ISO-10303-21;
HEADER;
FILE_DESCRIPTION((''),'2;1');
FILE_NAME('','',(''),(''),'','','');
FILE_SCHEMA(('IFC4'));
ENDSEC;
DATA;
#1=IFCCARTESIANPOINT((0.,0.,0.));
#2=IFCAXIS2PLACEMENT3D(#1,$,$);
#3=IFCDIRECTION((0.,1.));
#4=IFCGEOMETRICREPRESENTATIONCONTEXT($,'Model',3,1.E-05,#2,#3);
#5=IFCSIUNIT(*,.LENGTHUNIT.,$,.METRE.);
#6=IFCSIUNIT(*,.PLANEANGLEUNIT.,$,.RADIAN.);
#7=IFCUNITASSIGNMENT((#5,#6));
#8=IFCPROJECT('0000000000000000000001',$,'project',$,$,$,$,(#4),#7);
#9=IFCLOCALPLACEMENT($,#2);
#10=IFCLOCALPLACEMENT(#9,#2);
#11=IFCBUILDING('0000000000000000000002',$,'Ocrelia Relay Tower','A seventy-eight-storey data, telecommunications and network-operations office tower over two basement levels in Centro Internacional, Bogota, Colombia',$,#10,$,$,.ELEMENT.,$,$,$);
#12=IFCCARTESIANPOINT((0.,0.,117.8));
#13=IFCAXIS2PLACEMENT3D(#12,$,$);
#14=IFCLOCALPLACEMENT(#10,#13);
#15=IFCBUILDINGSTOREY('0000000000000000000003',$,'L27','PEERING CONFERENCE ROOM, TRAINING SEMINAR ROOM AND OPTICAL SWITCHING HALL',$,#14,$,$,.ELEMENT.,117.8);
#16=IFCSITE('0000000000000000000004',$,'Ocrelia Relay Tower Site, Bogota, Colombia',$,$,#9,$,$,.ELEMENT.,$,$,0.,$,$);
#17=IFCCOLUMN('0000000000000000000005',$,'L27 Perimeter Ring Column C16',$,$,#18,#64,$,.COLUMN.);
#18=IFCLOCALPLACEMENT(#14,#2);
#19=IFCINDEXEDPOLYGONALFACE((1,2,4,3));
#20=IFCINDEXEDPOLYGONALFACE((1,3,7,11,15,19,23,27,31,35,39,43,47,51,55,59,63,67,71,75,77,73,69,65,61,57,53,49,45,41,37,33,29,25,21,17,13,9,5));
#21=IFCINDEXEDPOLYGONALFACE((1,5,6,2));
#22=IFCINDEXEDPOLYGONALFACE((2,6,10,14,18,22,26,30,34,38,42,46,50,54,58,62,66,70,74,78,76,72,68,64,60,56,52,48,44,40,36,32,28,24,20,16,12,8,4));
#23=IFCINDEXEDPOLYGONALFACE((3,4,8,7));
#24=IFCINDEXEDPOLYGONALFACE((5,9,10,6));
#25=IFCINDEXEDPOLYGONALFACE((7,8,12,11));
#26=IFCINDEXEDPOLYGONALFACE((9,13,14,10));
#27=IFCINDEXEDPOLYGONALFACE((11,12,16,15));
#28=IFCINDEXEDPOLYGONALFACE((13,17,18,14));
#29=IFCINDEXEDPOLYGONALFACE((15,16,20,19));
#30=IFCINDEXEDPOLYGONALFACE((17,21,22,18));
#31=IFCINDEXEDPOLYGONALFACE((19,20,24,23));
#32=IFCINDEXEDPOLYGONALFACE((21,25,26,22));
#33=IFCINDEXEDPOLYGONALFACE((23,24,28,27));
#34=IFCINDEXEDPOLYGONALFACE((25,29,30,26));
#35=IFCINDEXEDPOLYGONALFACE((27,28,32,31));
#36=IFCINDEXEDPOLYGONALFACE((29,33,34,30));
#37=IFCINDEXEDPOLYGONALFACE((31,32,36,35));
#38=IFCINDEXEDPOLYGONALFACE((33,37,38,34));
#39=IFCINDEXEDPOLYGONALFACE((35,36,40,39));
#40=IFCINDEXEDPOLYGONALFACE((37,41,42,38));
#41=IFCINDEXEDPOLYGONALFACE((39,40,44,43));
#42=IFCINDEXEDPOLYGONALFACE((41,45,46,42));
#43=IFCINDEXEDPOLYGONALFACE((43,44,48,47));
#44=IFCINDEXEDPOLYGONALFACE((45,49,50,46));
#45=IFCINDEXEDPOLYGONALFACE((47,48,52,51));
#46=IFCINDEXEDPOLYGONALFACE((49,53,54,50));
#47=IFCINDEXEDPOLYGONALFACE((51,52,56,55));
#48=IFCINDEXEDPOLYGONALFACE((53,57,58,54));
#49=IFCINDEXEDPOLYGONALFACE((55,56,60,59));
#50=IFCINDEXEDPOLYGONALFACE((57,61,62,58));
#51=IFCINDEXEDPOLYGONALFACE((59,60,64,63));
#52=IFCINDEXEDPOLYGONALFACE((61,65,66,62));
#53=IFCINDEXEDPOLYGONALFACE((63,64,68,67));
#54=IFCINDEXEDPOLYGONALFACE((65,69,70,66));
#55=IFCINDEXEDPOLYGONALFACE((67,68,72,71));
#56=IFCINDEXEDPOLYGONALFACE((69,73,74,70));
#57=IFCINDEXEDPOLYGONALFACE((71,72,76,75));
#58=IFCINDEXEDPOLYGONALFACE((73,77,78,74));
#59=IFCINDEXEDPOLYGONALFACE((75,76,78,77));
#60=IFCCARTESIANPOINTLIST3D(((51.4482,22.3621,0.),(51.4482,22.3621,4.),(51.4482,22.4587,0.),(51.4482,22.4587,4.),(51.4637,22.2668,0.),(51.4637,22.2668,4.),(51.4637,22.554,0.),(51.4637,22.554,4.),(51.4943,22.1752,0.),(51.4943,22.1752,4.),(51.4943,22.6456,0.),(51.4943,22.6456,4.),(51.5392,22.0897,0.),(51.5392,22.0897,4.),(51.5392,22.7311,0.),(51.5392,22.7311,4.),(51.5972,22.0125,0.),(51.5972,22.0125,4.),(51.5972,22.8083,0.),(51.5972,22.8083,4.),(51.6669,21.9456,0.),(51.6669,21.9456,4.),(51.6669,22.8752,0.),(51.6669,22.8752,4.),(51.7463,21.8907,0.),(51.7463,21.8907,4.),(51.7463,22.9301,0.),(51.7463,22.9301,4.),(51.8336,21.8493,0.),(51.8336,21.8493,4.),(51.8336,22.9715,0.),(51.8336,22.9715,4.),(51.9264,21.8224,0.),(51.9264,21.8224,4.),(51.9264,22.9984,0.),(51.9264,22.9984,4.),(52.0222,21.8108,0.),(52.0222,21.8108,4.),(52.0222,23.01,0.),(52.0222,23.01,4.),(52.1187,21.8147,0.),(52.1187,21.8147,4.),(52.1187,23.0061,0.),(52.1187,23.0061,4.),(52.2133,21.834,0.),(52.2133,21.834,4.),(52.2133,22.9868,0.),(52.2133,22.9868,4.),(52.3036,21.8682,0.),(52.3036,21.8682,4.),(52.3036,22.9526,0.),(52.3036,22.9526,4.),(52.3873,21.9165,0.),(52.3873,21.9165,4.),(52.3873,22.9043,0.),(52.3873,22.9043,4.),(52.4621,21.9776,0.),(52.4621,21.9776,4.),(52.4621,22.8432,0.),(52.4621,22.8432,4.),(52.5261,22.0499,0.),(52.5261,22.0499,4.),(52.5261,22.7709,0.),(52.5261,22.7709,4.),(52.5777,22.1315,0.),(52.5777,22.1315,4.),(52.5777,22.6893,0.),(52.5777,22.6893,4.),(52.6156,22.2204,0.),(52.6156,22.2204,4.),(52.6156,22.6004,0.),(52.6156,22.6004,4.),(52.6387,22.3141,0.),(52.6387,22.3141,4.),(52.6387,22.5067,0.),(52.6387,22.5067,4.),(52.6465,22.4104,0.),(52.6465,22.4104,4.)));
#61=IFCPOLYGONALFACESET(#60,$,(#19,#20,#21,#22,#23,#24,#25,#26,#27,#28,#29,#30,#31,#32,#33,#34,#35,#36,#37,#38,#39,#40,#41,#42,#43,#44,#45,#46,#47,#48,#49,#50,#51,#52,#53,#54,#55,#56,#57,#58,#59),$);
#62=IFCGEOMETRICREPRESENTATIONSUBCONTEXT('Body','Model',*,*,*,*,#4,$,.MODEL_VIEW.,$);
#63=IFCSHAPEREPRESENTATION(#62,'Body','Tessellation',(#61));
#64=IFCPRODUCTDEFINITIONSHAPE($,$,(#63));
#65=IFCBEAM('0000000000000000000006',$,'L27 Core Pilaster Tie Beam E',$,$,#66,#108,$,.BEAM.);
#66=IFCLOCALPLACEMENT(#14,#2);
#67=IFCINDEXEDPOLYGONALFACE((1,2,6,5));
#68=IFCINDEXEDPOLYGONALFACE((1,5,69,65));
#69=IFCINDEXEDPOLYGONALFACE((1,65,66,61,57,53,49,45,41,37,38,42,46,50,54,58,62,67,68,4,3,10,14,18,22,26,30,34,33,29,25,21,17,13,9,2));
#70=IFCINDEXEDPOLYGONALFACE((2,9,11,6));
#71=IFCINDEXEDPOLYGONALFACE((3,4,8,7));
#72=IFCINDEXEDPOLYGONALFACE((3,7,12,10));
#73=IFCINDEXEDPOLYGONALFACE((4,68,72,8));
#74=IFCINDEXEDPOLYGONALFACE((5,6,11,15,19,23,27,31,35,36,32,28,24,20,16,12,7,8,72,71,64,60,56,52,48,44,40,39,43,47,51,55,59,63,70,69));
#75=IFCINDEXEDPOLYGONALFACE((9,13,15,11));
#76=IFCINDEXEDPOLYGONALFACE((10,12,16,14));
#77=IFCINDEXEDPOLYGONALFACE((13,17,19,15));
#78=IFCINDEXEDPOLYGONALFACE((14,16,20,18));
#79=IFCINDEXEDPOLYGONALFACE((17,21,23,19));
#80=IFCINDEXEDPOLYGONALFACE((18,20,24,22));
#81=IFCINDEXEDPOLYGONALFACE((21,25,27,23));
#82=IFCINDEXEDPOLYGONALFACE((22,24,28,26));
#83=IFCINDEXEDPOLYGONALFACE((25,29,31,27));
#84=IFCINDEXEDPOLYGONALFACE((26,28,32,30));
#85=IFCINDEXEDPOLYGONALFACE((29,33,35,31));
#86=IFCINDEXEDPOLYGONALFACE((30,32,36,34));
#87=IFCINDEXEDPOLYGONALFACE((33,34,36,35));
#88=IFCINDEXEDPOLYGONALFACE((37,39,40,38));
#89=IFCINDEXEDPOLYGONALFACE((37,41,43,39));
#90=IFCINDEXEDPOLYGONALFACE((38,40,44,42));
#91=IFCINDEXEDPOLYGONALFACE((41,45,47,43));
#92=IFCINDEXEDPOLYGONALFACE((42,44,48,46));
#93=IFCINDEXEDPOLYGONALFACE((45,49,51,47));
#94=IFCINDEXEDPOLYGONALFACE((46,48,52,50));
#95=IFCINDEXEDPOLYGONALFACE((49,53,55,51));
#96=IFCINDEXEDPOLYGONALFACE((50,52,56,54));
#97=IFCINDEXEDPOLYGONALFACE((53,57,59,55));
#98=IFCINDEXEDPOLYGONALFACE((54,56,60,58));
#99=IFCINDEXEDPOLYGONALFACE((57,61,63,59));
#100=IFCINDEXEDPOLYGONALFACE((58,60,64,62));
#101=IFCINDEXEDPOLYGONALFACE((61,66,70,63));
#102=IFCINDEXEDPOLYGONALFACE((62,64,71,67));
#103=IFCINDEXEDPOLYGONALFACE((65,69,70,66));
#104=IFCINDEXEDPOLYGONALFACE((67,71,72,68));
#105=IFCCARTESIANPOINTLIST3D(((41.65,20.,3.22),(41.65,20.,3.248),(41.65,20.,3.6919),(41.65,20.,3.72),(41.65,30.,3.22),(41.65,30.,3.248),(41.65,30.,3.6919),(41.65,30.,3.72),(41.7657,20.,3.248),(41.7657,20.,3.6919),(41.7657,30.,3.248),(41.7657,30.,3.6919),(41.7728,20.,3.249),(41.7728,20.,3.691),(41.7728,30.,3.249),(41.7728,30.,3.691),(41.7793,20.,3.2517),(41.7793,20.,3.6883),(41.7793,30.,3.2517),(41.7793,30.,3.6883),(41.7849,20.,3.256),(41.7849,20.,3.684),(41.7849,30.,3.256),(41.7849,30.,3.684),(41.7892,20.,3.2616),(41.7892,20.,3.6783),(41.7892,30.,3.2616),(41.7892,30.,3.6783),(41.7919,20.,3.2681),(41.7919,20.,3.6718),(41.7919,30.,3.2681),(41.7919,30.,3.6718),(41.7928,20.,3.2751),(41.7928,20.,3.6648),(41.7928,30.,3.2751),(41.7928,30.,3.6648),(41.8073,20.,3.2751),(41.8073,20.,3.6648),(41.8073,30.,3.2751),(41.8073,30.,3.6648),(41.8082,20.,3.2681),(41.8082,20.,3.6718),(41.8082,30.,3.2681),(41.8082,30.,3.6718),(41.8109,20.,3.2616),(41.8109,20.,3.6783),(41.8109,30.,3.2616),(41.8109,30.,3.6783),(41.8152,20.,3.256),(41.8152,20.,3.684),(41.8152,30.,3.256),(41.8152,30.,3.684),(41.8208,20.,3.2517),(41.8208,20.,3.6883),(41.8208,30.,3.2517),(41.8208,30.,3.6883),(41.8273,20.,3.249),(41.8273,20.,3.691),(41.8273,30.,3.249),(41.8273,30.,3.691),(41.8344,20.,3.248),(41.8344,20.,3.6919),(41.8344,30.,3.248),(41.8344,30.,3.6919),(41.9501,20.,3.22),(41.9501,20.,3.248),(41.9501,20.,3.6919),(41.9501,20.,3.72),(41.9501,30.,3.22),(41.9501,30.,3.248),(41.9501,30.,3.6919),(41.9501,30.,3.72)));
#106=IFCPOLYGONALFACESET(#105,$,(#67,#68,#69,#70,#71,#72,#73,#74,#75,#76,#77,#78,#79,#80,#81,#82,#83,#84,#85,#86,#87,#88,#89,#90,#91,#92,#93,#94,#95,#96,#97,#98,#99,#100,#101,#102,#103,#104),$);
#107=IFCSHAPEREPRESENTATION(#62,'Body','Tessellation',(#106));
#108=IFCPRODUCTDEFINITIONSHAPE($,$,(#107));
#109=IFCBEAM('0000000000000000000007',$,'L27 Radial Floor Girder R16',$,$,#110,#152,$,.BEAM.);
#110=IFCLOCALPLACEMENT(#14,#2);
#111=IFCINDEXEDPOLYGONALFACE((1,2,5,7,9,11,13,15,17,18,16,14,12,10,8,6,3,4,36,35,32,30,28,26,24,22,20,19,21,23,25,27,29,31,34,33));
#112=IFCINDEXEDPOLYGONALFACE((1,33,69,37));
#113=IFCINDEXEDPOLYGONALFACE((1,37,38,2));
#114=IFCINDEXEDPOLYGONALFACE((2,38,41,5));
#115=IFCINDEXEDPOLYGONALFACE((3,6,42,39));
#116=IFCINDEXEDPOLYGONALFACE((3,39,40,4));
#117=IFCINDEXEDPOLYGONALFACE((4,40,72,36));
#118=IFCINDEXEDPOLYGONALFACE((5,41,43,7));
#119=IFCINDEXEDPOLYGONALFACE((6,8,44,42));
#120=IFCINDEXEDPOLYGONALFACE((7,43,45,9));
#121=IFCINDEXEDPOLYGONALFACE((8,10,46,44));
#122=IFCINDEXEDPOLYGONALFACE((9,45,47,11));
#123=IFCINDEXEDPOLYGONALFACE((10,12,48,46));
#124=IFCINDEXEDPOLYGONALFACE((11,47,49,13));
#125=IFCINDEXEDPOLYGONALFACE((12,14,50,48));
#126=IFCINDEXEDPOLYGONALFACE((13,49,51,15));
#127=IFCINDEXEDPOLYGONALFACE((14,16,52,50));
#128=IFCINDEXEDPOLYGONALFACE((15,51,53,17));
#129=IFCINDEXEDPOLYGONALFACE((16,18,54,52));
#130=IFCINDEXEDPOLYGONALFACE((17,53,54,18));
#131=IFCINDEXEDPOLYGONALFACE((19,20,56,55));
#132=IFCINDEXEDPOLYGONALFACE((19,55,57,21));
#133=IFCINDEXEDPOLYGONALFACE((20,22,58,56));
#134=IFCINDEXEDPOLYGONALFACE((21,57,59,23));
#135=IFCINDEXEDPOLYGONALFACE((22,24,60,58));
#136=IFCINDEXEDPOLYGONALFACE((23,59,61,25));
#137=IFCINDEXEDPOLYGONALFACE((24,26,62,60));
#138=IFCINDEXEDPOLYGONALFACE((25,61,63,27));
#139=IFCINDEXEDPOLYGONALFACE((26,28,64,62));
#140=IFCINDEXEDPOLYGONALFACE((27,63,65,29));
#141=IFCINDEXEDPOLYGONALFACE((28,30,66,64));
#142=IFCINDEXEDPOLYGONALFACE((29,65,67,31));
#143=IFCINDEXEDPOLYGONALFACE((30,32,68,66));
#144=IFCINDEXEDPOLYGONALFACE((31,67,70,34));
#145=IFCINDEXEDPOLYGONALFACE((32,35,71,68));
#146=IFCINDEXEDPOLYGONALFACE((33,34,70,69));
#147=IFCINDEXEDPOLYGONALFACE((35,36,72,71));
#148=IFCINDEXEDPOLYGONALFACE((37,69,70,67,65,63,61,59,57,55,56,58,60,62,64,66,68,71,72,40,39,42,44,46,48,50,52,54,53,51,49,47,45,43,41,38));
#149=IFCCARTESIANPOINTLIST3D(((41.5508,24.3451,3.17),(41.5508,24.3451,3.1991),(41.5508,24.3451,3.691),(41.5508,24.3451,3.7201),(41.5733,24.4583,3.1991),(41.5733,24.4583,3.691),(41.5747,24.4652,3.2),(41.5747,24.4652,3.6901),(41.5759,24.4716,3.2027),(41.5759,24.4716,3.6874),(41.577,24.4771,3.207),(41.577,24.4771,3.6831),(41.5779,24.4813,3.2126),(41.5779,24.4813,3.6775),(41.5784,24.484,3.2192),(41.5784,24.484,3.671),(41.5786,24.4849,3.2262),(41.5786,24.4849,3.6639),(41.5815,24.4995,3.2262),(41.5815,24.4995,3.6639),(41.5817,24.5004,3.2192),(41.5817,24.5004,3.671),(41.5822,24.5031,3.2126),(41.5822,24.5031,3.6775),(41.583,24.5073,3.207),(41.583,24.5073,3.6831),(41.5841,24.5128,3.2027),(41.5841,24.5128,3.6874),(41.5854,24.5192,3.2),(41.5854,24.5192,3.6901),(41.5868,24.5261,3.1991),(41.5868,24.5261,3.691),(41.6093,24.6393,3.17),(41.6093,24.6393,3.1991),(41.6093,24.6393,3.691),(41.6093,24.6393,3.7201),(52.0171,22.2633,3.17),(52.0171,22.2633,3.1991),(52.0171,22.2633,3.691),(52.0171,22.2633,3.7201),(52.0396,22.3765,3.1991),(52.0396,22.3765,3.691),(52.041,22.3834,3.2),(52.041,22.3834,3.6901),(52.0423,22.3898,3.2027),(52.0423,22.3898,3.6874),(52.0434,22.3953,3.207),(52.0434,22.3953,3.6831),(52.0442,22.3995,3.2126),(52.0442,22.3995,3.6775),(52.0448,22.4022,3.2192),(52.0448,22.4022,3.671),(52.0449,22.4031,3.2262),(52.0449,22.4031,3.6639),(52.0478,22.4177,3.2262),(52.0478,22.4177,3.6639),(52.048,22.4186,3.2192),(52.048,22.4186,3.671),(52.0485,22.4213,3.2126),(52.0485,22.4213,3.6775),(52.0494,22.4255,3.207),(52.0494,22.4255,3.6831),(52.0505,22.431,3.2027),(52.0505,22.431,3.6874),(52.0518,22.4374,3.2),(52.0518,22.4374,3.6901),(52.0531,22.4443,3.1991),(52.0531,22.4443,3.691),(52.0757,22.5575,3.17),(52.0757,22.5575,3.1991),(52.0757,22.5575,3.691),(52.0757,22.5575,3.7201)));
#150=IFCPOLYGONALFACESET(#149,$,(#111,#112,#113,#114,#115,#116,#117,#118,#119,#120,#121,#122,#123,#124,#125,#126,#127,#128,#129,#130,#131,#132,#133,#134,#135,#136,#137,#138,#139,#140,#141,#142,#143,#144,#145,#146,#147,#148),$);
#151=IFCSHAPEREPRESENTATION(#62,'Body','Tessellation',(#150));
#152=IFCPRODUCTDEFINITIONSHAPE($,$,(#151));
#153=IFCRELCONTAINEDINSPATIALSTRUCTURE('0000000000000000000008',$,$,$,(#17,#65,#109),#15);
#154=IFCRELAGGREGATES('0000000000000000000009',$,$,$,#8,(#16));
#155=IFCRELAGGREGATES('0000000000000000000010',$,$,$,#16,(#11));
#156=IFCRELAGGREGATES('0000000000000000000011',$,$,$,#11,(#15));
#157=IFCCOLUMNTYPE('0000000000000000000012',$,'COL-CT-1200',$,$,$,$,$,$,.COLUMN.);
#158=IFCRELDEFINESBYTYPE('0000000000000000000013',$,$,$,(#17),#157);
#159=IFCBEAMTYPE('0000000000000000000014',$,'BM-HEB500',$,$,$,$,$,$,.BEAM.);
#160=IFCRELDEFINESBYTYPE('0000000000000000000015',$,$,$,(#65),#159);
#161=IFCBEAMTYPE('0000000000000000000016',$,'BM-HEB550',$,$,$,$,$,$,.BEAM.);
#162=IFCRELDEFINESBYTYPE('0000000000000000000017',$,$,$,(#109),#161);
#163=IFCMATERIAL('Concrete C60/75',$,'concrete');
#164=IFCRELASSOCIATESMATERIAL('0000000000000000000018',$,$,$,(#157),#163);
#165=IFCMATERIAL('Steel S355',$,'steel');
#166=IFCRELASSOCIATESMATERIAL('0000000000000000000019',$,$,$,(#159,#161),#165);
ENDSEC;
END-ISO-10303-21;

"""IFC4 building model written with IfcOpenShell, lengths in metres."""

from ifc_helpers import new_model, si_unit, direction, frame, origin, origin_2d, place, context, subcontext, project, spatial, circle, i_section, extrude, material, material_profile, profile_set, type_object, element, save


model = new_model("IFC4")

# Units and contexts
model_context = context("Model", 3, precision=1e-05, world=origin(), true_north=direction((0.0, 1.0)))
body_context = subcontext(model_context, "Body", "Model", "MODEL_VIEW")
ifc_project = project(units=[si_unit("LENGTHUNIT", "METRE"), si_unit("PLANEANGLEUNIT", "RADIAN")], contexts=[model_context])

# Site, building, storey
site_placement = place(None, origin())
site = spatial("IfcSite", under=ifc_project, at=site_placement, Name="Ocrelia Relay Tower Site, Bogota, Colombia", CompositionType="ELEMENT", RefElevation=0.0)
building_placement = place(site_placement, origin())
building = spatial("IfcBuilding", under=site, at=building_placement, Name="Ocrelia Relay Tower", Description="A seventy-eight-storey data, telecommunications and network-operations office tower over two basement levels in Centro Internacional, Bogota, Colombia", CompositionType="ELEMENT")
storey_placement = place(building_placement, frame((0.0, 0.0, 117.8)))
storey = spatial("IfcBuildingStorey", under=building, at=storey_placement, Name="L27", Description="PEERING CONFERENCE ROOM, TRAINING SEMINAR ROOM AND OPTICAL SWITCHING HALL", CompositionType="ELEMENT", Elevation=117.8)

# Column
ifc_material_1 = material(Name="Concrete C60/75", Category="concrete")
ifc_material_profile_1 = material_profile(ifc_material_1, circle(Radius=0.6001, at=origin_2d()), Name="RC-CIR-1200")
ifc_profile_set_1 = profile_set([ifc_material_profile_1], Name="Concrete C60/75")
column_type = type_object("IfcColumnType", Name="COL-CT-1200", PredefinedType="COLUMN", material=ifc_profile_set_1)
column_placement = place(storey_placement, frame((52.0464, 22.4104, 0.0), z_axis=(0.0, 0.0, 1.0), x_axis=(1.0, 0.0, 0.0)))
element("IfcColumn", 1, at=column_placement, inside=storey, type_object=column_type, Name="L27 Perimeter Ring Column C16", PredefinedType="COLUMN", context=body_context, shape_type="SweptSolid", body=[
    extrude(circle(Radius=0.6001, at=origin_2d()), origin(), (0.0, 0.0, 1.0), 4.0),
])

# Beams
ifc_material_2 = material(Name="Steel S355", Category="steel")
ifc_material_profile_2 = material_profile(ifc_material_2, i_section(OverallWidth=0.3, OverallDepth=0.5, WebThickness=0.0144, FlangeThickness=0.0281, FilletRadius=0.0271, at=origin_2d()), Name="HEB 500")
ifc_profile_set_2 = profile_set([ifc_material_profile_2], Name="Steel S355")
beam_type_1 = type_object("IfcBeamType", Name="BM-HEB500", PredefinedType="BEAM", material=ifc_profile_set_2)
beam_1_placement = place(storey_placement, frame((41.8, 20.0, 3.47), z_axis=(0.0, 1.0, 0.0), x_axis=(-1.0, 0.0, 0.0)))
element("IfcBeam", 2, at=beam_1_placement, inside=storey, type_object=beam_type_1, Name="L27 Core Pilaster Tie Beam E", PredefinedType="BEAM", context=body_context, shape_type="SweptSolid", body=[
    extrude(i_section(OverallWidth=0.3, OverallDepth=0.5, WebThickness=0.0144, FlangeThickness=0.0281, FilletRadius=0.0271, at=origin_2d()), origin(), (0.0, 0.0, 1.0), 10.0),
])
ifc_material_profile_3 = material_profile(ifc_material_2, i_section(OverallWidth=0.3, OverallDepth=0.55, WebThickness=0.0149, FlangeThickness=0.0291, FilletRadius=0.0271, at=origin_2d()), Name="HEB 550")
ifc_profile_set_3 = profile_set([ifc_material_profile_3], Name="Steel S355")
beam_type_2 = type_object("IfcBeamType", Name="BM-HEB550", PredefinedType="BEAM", material=ifc_profile_set_3)
beam_2_placement = place(storey_placement, frame((52.0464, 22.4104, 3.4451), z_axis=(-0.980787, 0.195082, 0.0), x_axis=(-0.195082, -0.980787, 0.0)))
element("IfcBeam", 3, at=beam_2_placement, inside=storey, type_object=beam_type_2, Name="L27 Radial Floor Girder R16", PredefinedType="BEAM", context=body_context, shape_type="SweptSolid", body=[
    extrude(i_section(OverallWidth=0.3, OverallDepth=0.55, WebThickness=0.0149, FlangeThickness=0.0291, FilletRadius=0.0271, at=origin_2d()), origin(), (0.0, 0.0, 1.0), 10.6714),
])

save(model, "model.ifc")
